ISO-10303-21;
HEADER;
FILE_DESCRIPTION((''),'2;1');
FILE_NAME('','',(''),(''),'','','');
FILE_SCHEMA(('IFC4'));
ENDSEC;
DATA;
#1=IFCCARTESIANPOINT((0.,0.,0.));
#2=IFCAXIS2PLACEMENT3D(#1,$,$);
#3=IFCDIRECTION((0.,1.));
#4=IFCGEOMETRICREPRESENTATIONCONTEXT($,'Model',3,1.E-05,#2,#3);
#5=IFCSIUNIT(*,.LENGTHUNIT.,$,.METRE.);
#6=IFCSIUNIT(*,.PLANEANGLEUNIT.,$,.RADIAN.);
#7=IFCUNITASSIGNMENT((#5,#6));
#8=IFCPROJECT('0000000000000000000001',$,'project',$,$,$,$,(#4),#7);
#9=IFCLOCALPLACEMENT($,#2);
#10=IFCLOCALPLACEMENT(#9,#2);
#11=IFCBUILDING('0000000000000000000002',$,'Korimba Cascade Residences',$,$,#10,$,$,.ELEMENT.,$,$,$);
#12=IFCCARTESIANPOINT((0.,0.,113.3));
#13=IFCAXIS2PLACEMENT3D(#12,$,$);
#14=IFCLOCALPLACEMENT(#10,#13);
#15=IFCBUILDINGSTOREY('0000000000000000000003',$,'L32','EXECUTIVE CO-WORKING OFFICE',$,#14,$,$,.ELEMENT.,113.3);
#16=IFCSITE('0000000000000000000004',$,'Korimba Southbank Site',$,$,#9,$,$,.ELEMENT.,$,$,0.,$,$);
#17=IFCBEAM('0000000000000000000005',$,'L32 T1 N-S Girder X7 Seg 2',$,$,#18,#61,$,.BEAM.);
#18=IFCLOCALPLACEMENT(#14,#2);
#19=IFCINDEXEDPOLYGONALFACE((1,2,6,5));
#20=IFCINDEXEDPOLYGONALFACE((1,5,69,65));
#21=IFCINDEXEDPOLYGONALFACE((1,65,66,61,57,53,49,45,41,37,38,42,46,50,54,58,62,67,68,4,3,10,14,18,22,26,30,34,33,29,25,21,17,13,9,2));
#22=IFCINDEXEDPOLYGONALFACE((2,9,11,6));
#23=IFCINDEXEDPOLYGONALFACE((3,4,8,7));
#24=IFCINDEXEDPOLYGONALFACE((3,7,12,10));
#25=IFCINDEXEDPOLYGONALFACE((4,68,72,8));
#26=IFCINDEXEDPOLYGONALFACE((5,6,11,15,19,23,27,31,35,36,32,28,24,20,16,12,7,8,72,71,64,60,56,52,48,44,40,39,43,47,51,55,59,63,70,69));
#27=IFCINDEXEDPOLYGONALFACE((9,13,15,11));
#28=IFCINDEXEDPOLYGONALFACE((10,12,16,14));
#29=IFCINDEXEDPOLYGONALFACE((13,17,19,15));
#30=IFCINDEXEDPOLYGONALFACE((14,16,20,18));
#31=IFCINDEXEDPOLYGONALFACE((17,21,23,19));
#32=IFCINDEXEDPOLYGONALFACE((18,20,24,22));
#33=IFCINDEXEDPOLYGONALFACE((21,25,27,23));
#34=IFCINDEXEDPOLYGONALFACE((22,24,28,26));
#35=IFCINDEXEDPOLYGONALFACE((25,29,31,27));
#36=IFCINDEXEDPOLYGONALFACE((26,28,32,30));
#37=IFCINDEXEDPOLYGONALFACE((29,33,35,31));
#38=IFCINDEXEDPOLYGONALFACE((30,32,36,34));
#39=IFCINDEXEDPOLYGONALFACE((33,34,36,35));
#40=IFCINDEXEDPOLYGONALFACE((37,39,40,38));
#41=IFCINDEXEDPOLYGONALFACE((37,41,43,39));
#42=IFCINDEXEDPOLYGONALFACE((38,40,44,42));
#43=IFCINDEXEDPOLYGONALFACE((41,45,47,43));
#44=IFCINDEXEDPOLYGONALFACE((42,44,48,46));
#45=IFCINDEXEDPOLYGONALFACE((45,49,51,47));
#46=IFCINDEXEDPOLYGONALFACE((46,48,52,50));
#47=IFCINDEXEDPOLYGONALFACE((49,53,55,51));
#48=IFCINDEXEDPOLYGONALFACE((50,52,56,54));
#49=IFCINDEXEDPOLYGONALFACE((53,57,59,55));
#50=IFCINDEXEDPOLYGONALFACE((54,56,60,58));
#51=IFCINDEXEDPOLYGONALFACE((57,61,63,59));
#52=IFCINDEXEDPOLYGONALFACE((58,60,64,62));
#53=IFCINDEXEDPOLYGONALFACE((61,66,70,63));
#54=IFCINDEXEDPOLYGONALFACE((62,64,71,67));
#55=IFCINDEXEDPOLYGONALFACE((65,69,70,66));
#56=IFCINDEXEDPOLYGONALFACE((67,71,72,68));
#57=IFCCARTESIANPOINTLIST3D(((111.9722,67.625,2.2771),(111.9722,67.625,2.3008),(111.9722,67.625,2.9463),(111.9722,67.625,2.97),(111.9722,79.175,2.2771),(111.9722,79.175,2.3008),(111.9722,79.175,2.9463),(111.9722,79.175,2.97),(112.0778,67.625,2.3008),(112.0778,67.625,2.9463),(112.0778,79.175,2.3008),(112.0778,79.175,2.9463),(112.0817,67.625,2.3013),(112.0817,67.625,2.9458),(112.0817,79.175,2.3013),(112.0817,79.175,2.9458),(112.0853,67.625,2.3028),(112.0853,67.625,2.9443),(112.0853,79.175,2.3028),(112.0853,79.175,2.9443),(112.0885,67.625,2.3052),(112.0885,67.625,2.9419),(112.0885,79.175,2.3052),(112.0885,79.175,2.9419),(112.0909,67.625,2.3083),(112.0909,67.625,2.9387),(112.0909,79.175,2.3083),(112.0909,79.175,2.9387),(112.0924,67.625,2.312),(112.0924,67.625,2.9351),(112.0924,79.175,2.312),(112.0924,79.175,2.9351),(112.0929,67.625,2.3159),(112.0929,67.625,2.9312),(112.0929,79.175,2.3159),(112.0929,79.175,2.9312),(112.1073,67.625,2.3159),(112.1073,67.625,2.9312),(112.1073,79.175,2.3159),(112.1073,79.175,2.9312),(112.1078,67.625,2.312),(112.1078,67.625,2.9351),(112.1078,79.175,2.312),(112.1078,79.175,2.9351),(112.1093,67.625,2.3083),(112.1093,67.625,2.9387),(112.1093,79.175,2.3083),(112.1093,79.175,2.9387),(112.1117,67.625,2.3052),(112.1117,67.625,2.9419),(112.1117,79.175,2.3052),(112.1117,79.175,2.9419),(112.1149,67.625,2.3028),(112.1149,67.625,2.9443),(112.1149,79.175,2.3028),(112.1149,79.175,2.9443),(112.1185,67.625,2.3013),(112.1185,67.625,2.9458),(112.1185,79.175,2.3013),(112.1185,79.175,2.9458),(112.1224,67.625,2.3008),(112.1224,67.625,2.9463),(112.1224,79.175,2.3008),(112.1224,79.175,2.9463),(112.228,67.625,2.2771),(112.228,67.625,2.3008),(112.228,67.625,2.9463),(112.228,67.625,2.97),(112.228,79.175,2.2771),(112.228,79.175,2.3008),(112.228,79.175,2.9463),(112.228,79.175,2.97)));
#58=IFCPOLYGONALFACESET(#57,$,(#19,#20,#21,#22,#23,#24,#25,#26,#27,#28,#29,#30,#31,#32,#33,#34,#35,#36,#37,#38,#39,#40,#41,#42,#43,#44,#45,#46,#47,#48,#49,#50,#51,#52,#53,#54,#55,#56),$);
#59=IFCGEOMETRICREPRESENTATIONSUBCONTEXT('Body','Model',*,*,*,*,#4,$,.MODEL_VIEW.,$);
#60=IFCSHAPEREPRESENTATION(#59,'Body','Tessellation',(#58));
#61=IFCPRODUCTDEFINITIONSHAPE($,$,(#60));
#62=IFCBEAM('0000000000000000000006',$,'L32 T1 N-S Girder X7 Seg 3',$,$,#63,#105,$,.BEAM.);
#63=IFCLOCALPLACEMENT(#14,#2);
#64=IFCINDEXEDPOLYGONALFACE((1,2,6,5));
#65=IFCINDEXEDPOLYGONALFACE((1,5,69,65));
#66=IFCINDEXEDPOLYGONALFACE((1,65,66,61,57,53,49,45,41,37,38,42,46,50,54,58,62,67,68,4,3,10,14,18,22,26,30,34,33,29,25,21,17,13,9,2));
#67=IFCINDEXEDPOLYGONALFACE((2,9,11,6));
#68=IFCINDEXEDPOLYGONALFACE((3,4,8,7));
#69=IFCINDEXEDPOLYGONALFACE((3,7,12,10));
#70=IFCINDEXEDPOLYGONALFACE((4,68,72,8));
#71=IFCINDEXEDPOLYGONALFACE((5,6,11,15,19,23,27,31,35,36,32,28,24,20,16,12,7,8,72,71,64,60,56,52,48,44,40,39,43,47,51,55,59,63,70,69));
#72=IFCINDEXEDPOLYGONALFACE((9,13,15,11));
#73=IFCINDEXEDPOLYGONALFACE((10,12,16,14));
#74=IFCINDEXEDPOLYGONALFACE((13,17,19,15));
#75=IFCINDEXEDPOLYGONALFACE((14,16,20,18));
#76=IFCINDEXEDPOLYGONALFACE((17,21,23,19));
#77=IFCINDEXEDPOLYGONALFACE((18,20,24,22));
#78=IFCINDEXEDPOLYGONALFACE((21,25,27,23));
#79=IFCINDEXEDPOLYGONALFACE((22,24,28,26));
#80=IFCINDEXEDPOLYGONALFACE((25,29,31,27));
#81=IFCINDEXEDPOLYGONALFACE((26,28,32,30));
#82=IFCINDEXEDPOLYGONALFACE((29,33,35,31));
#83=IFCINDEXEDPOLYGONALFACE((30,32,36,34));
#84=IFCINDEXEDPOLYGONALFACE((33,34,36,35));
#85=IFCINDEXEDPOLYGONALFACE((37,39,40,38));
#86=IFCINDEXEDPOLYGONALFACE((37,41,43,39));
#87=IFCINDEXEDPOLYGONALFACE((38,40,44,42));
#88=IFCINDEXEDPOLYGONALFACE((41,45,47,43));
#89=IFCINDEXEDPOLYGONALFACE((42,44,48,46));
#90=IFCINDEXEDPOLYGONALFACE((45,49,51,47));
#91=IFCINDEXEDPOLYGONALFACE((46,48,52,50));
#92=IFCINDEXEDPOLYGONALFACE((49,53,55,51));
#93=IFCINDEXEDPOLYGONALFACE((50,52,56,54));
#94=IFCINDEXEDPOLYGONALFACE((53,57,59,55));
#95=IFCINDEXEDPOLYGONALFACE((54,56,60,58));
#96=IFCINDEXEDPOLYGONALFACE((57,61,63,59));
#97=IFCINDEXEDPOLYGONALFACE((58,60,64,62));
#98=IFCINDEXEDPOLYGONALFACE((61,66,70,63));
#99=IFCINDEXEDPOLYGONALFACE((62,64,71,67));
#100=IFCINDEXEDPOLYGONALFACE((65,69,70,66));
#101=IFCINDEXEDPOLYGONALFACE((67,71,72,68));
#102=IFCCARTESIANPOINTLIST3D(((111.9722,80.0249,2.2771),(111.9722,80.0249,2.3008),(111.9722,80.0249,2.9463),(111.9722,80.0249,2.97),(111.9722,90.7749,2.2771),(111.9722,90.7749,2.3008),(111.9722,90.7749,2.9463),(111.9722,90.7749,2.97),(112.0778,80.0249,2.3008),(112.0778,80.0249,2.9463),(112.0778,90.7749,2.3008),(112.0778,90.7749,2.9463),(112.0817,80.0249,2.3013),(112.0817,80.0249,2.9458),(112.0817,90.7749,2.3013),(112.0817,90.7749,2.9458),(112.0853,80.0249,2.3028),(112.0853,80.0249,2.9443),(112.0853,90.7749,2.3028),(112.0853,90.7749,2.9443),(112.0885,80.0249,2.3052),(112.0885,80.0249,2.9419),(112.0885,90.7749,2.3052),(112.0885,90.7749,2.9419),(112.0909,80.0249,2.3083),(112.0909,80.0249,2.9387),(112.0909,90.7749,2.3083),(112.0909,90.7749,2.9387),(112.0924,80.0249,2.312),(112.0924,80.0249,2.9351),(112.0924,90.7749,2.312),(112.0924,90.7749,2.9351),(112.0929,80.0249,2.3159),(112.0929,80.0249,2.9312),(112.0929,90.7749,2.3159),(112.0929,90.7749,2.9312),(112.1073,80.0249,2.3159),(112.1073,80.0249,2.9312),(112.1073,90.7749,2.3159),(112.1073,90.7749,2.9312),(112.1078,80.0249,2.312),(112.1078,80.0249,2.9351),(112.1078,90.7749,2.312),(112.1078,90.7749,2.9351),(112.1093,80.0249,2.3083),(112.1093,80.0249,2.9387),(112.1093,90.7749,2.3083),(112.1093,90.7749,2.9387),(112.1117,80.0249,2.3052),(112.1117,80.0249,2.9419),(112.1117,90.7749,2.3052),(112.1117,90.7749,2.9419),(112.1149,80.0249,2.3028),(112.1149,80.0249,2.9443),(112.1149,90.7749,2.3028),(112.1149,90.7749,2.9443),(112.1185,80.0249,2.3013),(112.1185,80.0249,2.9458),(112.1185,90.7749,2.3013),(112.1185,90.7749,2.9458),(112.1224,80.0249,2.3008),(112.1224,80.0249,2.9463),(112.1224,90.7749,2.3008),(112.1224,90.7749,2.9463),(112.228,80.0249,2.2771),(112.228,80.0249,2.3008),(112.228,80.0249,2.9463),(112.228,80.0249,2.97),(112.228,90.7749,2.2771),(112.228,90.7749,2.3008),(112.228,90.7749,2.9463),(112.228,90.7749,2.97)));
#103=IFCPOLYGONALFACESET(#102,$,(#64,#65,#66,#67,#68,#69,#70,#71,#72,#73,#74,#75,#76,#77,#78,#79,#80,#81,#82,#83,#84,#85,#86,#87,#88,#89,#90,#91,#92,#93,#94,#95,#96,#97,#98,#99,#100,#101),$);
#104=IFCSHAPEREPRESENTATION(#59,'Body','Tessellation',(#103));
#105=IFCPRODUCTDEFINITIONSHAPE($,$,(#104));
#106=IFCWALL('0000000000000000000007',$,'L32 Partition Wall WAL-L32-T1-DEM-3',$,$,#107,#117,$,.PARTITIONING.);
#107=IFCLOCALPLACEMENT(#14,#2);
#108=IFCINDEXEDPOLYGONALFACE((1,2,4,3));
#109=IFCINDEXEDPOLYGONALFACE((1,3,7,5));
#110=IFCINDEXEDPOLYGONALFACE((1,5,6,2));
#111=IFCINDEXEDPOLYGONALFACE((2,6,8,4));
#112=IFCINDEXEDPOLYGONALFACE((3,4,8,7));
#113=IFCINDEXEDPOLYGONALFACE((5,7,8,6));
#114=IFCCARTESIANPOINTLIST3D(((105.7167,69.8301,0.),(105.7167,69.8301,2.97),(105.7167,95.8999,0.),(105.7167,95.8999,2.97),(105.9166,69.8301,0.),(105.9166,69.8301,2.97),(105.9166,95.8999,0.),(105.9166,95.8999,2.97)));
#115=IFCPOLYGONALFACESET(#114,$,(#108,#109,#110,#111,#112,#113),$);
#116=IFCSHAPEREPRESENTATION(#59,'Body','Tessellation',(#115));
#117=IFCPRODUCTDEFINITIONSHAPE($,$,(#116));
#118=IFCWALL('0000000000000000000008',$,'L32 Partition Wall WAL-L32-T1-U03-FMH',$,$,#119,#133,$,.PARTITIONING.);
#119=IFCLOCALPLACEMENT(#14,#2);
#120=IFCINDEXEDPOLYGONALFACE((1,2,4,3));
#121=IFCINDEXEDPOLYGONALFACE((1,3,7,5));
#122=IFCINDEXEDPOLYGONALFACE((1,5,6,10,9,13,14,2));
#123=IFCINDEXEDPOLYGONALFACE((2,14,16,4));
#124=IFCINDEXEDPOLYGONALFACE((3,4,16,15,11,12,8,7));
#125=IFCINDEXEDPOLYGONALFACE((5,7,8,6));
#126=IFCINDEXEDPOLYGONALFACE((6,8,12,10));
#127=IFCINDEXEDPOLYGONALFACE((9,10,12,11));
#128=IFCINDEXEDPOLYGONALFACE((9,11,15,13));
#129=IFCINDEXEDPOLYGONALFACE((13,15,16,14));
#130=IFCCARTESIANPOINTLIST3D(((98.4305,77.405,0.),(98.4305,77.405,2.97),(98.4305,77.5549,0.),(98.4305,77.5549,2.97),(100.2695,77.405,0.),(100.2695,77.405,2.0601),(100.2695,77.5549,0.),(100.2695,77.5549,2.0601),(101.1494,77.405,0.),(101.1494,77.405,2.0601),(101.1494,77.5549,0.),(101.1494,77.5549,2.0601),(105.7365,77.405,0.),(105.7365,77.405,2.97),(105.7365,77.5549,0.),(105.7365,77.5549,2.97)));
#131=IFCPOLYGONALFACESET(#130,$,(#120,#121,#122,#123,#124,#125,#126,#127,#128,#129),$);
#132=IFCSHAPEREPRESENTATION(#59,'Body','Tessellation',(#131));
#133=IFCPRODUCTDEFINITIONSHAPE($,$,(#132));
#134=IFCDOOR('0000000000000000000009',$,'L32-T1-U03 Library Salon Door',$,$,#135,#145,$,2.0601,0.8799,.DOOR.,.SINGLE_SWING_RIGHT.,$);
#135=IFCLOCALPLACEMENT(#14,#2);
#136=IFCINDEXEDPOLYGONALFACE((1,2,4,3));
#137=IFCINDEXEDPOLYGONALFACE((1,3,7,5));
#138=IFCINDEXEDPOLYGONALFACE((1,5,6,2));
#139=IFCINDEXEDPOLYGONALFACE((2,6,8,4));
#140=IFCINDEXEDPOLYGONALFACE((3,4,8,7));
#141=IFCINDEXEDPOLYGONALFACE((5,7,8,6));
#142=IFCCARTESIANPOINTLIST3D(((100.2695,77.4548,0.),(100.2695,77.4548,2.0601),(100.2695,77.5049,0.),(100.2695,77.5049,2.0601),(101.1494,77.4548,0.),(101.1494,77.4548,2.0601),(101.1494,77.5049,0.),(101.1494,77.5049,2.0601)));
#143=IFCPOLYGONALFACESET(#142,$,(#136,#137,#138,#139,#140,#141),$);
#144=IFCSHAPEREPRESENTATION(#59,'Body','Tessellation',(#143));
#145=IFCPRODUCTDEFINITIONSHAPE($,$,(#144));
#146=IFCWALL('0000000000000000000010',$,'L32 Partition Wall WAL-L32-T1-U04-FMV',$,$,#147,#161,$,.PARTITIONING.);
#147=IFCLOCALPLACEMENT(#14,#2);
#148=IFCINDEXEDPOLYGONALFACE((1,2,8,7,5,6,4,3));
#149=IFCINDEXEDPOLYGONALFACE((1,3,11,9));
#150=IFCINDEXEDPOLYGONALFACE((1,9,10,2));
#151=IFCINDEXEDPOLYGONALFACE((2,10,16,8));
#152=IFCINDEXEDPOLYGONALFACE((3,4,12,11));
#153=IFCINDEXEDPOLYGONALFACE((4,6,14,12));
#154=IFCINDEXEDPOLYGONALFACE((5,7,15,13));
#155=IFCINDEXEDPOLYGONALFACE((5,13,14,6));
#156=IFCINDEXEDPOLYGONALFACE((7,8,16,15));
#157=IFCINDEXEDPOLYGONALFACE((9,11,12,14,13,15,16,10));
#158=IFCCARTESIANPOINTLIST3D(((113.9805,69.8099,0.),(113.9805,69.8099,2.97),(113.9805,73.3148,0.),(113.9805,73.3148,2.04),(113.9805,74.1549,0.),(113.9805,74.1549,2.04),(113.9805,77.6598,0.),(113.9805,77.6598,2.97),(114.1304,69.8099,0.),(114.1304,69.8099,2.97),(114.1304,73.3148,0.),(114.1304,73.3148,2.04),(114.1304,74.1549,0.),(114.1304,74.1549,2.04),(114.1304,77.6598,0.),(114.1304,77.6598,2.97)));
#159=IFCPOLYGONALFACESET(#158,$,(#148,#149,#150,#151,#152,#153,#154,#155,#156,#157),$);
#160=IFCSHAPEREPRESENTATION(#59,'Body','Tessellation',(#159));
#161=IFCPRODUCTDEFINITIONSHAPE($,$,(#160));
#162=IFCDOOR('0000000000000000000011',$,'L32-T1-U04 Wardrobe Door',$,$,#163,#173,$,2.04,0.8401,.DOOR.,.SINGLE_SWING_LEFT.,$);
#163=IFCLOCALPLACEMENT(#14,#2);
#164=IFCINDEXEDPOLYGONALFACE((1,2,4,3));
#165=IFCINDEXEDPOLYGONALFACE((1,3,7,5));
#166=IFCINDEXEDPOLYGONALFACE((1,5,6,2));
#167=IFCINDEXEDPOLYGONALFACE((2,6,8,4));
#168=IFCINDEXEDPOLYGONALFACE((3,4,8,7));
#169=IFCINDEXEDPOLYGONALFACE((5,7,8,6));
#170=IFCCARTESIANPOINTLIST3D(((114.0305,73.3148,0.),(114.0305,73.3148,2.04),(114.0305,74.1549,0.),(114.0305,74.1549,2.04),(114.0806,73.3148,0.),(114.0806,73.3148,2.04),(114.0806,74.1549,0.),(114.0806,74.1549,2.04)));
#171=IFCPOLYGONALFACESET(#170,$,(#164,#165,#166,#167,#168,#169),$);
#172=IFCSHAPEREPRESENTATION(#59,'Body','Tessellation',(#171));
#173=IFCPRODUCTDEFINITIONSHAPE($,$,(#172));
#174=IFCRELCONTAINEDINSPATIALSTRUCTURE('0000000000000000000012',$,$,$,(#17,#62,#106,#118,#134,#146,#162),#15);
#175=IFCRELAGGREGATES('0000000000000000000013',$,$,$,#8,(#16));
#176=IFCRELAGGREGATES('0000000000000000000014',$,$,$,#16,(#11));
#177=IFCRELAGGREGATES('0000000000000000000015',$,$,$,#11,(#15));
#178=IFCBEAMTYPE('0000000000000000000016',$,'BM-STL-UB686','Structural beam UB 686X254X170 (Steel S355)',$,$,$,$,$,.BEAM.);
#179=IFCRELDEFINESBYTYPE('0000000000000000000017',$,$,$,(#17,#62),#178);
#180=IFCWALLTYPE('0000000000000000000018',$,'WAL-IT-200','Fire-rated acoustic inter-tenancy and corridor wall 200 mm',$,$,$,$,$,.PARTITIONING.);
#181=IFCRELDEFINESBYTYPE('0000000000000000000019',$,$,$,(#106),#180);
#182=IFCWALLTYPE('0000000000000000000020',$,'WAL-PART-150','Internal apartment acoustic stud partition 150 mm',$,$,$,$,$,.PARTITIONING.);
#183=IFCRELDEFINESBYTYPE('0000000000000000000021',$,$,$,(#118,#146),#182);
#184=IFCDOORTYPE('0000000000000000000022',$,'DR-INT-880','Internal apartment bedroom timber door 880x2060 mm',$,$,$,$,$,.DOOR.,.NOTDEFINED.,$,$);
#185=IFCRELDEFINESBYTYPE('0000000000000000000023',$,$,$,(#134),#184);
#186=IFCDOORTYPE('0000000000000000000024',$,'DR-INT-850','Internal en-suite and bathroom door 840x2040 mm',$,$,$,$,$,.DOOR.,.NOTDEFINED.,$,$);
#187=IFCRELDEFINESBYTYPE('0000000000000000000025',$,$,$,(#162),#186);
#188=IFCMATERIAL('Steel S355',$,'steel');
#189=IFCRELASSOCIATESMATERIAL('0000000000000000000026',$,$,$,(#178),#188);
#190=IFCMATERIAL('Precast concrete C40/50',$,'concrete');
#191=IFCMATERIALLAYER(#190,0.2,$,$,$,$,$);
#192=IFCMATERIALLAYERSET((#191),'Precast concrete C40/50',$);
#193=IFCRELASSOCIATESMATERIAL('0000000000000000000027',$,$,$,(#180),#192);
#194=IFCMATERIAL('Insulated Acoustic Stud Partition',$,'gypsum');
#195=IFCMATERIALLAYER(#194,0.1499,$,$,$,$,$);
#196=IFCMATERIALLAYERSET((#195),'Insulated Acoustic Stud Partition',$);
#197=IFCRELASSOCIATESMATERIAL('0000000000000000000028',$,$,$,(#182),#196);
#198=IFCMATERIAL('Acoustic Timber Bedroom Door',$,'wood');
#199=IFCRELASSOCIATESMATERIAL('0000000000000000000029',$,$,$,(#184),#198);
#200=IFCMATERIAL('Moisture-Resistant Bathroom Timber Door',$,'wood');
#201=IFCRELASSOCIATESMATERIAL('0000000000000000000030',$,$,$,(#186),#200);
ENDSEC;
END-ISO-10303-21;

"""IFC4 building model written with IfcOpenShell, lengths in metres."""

from ifc_helpers import new_model, si_unit, direction, frame, frame_2d, origin, origin_2d, place, context, subcontext, project, spatial, rectangle, i_section, extrude, material, layer, layer_set, material_profile, profile_set, type_object, element, fill, save


model = new_model("IFC4")

# Units and contexts
model_context = context("Model", 3, precision=1e-05, world=origin(), true_north=direction((0.0, 1.0)))
body_context = subcontext(model_context, "Body", "Model", "MODEL_VIEW")
ifc_project = project(units=[si_unit("LENGTHUNIT", "METRE"), si_unit("PLANEANGLEUNIT", "RADIAN")], contexts=[model_context])

# Site, building, storey
site_placement = place(None, origin())
site = spatial("IfcSite", under=ifc_project, at=site_placement, Name="Korimba Southbank Site", CompositionType="ELEMENT", RefElevation=0.0)
building_placement = place(site_placement, origin())
building = spatial("IfcBuilding", under=site, at=building_placement, Name="Korimba Cascade Residences", CompositionType="ELEMENT")
storey_placement = place(building_placement, frame((0.0, 0.0, 113.3)))
storey = spatial("IfcBuildingStorey", under=building, at=storey_placement, Name="L32", Description="EXECUTIVE CO-WORKING OFFICE", CompositionType="ELEMENT", Elevation=113.3)

# Beams
ifc_material_1 = material(Name="Steel S355", Category="steel")
ifc_material_profile_1 = material_profile(ifc_material_1, i_section(OverallWidth=0.2559, OverallDepth=0.6929, WebThickness=0.0144, FlangeThickness=0.0237, FilletRadius=0.0151, at=origin_2d()), Name="Steel S355")
ifc_profile_set_1 = profile_set([ifc_material_profile_1], Name="Steel S355")
beam_type_1 = type_object("IfcBeamType", Name="BM-STL-UB686", Description="Structural beam UB 686X254X170 (Steel S355)", PredefinedType="BEAM", material=ifc_profile_set_1)
beam_1_placement = place(storey_placement, frame((112.1001, 67.625, 2.6235), z_axis=(0.0, 1.0, 0.0), x_axis=(-1.0, 0.0, 0.0)))
element("IfcBeam", 1, at=beam_1_placement, inside=storey, type_object=beam_type_1, Name="L32 T1 N-S Girder X7 Seg 2", PredefinedType="BEAM", context=body_context, shape_type="SweptSolid", body=[
    extrude(i_section(OverallWidth=0.2559, OverallDepth=0.6929, WebThickness=0.0144, FlangeThickness=0.0237, FilletRadius=0.0151, at=origin_2d()), origin(), (0.0, 0.0, 1.0), 11.55),
])
beam_2_placement = place(storey_placement, frame((112.1001, 80.0249, 2.6235), z_axis=(0.0, 1.0, 0.0), x_axis=(-1.0, 0.0, 0.0)))
element("IfcBeam", 2, at=beam_2_placement, inside=storey, type_object=beam_type_1, Name="L32 T1 N-S Girder X7 Seg 3", PredefinedType="BEAM", context=body_context, shape_type="SweptSolid", body=[
    extrude(i_section(OverallWidth=0.2559, OverallDepth=0.6929, WebThickness=0.0144, FlangeThickness=0.0237, FilletRadius=0.0151, at=origin_2d()), origin(), (0.0, 0.0, 1.0), 10.75),
])

# Wall
ifc_material_2 = material(Name="Precast concrete C40/50", Category="concrete")
ifc_layer_1 = layer(ifc_material_2, 0.2)
ifc_layer_set_1 = layer_set([ifc_layer_1], Name="Precast concrete C40/50")
wall_type_1 = type_object("IfcWallType", Name="WAL-IT-200", Description="Fire-rated acoustic inter-tenancy and corridor wall 200 mm", PredefinedType="PARTITIONING", material=ifc_layer_set_1)
wall_1_placement = place(storey_placement, frame((105.8167, 69.8301, 0.0), z_axis=(0.0, 0.0, 1.0), x_axis=(0.0, 1.0, 0.0)))
element("IfcWall", 3, at=wall_1_placement, inside=storey, type_object=wall_type_1, Name="L32 Partition Wall WAL-L32-T1-DEM-3", PredefinedType="PARTITIONING", context=body_context, shape_type="SweptSolid", body=[
    extrude(rectangle(XDim=26.0698, YDim=0.2, at=frame_2d((13.0349, 0.0))), origin(), (0.0, 0.0, 1.0), 2.97),
])

# Walls, openings, doors
ifc_material_3 = material(Name="Insulated Acoustic Stud Partition", Category="gypsum")
ifc_layer_2 = layer(ifc_material_3, 0.1499)
ifc_layer_set_2 = layer_set([ifc_layer_2], Name="Insulated Acoustic Stud Partition")
wall_type_2 = type_object("IfcWallType", Name="WAL-PART-150", Description="Internal apartment acoustic stud partition 150 mm", PredefinedType="PARTITIONING", material=ifc_layer_set_2)
wall_2_placement = place(storey_placement, frame((98.4307, 77.48, 0.0), z_axis=(0.0, 0.0, 1.0), x_axis=(1.0, 0.0, 0.0)))
wall_2 = element("IfcWall", 4, at=wall_2_placement, inside=storey, type_object=wall_type_2, Name="L32 Partition Wall WAL-L32-T1-U03-FMH", PredefinedType="PARTITIONING", context=body_context, shape_type="SweptSolid", body=[
    extrude(rectangle(XDim=7.3059, YDim=0.1499, at=frame_2d((3.6528, 0.0))), origin(), (0.0, 0.0, 1.0), 2.97),
])
opening_1_placement = place(wall_2_placement, frame((1.8389, 0.0, 0.0)))
opening_1 = element("IfcOpeningElement", 5, at=opening_1_placement, cuts=wall_2, PredefinedType="OPENING", context=body_context, shape_type="SweptSolid", body=[
    extrude(rectangle(XDim=0.8799, YDim=2.0601, at=frame_2d((0.4399, 1.03))), frame((0.0, 0.085, 0.0), z_axis=(0.0, -1.0, 0.0), x_axis=(1.0, 0.0, 0.0)), (0.0, 0.0, 1.0), 0.1699),
])
ifc_material_4 = material(Name="Acoustic Timber Bedroom Door", Category="wood")
door_type_1 = type_object("IfcDoorType", Name="DR-INT-880", Description="Internal apartment bedroom timber door 880x2060 mm", OperationType="NOTDEFINED", PredefinedType="DOOR", material=ifc_material_4)
door_1_placement = place(opening_1_placement, origin())
door_1 = element("IfcDoor", 6, at=door_1_placement, inside=storey, type_object=door_type_1, Name="L32-T1-U03 Library Salon Door", OperationType="SINGLE_SWING_RIGHT", OverallHeight=2.0601, OverallWidth=0.8799, PredefinedType="DOOR", context=body_context, shape_type="SweptSolid", body=[
    extrude(rectangle(XDim=0.8799, YDim=2.0601, at=frame_2d((0.4399, 1.03))), frame((0.0, 0.0249, 0.0), z_axis=(0.0, -1.0, 0.0), x_axis=(1.0, 0.0, 0.0)), (0.0, 0.0, 1.0), 0.05),
])
fill(opening_1, door_1)
wall_3_placement = place(storey_placement, frame((114.0554, 69.8101, 0.0), z_axis=(0.0, 0.0, 1.0), x_axis=(0.0, 1.0, 0.0)))
wall_3 = element("IfcWall", 7, at=wall_3_placement, inside=storey, type_object=wall_type_2, Name="L32 Partition Wall WAL-L32-T1-U04-FMV", PredefinedType="PARTITIONING", context=body_context, shape_type="SweptSolid", body=[
    extrude(rectangle(XDim=7.8499, YDim=0.1499, at=frame_2d((3.9248, 0.0))), origin(), (0.0, 0.0, 1.0), 2.97),
])
opening_2_placement = place(wall_3_placement, frame((3.5049, 0.0, 0.0)))
opening_2 = element("IfcOpeningElement", 8, at=opening_2_placement, cuts=wall_3, PredefinedType="OPENING", context=body_context, shape_type="SweptSolid", body=[
    extrude(rectangle(XDim=0.8401, YDim=2.04, at=frame_2d((0.4199, 1.02))), frame((0.0, 0.085, 0.0), z_axis=(0.0, -1.0, 0.0), x_axis=(1.0, 0.0, 0.0)), (0.0, 0.0, 1.0), 0.1699),
])
ifc_material_5 = material(Name="Moisture-Resistant Bathroom Timber Door", Category="wood")
door_type_2 = type_object("IfcDoorType", Name="DR-INT-850", Description="Internal en-suite and bathroom door 840x2040 mm", OperationType="NOTDEFINED", PredefinedType="DOOR", material=ifc_material_5)
door_2_placement = place(opening_2_placement, origin())
door_2 = element("IfcDoor", 9, at=door_2_placement, inside=storey, type_object=door_type_2, Name="L32-T1-U04 Wardrobe Door", OperationType="SINGLE_SWING_LEFT", OverallHeight=2.04, OverallWidth=0.8401, PredefinedType="DOOR", context=body_context, shape_type="SweptSolid", body=[
    extrude(rectangle(XDim=0.8401, YDim=2.04, at=frame_2d((0.4199, 1.02))), frame((0.0, 0.0249, 0.0), z_axis=(0.0, -1.0, 0.0), x_axis=(1.0, 0.0, 0.0)), (0.0, 0.0, 1.0), 0.05),
])
fill(opening_2, door_2)

save(model, "model.ifc")
